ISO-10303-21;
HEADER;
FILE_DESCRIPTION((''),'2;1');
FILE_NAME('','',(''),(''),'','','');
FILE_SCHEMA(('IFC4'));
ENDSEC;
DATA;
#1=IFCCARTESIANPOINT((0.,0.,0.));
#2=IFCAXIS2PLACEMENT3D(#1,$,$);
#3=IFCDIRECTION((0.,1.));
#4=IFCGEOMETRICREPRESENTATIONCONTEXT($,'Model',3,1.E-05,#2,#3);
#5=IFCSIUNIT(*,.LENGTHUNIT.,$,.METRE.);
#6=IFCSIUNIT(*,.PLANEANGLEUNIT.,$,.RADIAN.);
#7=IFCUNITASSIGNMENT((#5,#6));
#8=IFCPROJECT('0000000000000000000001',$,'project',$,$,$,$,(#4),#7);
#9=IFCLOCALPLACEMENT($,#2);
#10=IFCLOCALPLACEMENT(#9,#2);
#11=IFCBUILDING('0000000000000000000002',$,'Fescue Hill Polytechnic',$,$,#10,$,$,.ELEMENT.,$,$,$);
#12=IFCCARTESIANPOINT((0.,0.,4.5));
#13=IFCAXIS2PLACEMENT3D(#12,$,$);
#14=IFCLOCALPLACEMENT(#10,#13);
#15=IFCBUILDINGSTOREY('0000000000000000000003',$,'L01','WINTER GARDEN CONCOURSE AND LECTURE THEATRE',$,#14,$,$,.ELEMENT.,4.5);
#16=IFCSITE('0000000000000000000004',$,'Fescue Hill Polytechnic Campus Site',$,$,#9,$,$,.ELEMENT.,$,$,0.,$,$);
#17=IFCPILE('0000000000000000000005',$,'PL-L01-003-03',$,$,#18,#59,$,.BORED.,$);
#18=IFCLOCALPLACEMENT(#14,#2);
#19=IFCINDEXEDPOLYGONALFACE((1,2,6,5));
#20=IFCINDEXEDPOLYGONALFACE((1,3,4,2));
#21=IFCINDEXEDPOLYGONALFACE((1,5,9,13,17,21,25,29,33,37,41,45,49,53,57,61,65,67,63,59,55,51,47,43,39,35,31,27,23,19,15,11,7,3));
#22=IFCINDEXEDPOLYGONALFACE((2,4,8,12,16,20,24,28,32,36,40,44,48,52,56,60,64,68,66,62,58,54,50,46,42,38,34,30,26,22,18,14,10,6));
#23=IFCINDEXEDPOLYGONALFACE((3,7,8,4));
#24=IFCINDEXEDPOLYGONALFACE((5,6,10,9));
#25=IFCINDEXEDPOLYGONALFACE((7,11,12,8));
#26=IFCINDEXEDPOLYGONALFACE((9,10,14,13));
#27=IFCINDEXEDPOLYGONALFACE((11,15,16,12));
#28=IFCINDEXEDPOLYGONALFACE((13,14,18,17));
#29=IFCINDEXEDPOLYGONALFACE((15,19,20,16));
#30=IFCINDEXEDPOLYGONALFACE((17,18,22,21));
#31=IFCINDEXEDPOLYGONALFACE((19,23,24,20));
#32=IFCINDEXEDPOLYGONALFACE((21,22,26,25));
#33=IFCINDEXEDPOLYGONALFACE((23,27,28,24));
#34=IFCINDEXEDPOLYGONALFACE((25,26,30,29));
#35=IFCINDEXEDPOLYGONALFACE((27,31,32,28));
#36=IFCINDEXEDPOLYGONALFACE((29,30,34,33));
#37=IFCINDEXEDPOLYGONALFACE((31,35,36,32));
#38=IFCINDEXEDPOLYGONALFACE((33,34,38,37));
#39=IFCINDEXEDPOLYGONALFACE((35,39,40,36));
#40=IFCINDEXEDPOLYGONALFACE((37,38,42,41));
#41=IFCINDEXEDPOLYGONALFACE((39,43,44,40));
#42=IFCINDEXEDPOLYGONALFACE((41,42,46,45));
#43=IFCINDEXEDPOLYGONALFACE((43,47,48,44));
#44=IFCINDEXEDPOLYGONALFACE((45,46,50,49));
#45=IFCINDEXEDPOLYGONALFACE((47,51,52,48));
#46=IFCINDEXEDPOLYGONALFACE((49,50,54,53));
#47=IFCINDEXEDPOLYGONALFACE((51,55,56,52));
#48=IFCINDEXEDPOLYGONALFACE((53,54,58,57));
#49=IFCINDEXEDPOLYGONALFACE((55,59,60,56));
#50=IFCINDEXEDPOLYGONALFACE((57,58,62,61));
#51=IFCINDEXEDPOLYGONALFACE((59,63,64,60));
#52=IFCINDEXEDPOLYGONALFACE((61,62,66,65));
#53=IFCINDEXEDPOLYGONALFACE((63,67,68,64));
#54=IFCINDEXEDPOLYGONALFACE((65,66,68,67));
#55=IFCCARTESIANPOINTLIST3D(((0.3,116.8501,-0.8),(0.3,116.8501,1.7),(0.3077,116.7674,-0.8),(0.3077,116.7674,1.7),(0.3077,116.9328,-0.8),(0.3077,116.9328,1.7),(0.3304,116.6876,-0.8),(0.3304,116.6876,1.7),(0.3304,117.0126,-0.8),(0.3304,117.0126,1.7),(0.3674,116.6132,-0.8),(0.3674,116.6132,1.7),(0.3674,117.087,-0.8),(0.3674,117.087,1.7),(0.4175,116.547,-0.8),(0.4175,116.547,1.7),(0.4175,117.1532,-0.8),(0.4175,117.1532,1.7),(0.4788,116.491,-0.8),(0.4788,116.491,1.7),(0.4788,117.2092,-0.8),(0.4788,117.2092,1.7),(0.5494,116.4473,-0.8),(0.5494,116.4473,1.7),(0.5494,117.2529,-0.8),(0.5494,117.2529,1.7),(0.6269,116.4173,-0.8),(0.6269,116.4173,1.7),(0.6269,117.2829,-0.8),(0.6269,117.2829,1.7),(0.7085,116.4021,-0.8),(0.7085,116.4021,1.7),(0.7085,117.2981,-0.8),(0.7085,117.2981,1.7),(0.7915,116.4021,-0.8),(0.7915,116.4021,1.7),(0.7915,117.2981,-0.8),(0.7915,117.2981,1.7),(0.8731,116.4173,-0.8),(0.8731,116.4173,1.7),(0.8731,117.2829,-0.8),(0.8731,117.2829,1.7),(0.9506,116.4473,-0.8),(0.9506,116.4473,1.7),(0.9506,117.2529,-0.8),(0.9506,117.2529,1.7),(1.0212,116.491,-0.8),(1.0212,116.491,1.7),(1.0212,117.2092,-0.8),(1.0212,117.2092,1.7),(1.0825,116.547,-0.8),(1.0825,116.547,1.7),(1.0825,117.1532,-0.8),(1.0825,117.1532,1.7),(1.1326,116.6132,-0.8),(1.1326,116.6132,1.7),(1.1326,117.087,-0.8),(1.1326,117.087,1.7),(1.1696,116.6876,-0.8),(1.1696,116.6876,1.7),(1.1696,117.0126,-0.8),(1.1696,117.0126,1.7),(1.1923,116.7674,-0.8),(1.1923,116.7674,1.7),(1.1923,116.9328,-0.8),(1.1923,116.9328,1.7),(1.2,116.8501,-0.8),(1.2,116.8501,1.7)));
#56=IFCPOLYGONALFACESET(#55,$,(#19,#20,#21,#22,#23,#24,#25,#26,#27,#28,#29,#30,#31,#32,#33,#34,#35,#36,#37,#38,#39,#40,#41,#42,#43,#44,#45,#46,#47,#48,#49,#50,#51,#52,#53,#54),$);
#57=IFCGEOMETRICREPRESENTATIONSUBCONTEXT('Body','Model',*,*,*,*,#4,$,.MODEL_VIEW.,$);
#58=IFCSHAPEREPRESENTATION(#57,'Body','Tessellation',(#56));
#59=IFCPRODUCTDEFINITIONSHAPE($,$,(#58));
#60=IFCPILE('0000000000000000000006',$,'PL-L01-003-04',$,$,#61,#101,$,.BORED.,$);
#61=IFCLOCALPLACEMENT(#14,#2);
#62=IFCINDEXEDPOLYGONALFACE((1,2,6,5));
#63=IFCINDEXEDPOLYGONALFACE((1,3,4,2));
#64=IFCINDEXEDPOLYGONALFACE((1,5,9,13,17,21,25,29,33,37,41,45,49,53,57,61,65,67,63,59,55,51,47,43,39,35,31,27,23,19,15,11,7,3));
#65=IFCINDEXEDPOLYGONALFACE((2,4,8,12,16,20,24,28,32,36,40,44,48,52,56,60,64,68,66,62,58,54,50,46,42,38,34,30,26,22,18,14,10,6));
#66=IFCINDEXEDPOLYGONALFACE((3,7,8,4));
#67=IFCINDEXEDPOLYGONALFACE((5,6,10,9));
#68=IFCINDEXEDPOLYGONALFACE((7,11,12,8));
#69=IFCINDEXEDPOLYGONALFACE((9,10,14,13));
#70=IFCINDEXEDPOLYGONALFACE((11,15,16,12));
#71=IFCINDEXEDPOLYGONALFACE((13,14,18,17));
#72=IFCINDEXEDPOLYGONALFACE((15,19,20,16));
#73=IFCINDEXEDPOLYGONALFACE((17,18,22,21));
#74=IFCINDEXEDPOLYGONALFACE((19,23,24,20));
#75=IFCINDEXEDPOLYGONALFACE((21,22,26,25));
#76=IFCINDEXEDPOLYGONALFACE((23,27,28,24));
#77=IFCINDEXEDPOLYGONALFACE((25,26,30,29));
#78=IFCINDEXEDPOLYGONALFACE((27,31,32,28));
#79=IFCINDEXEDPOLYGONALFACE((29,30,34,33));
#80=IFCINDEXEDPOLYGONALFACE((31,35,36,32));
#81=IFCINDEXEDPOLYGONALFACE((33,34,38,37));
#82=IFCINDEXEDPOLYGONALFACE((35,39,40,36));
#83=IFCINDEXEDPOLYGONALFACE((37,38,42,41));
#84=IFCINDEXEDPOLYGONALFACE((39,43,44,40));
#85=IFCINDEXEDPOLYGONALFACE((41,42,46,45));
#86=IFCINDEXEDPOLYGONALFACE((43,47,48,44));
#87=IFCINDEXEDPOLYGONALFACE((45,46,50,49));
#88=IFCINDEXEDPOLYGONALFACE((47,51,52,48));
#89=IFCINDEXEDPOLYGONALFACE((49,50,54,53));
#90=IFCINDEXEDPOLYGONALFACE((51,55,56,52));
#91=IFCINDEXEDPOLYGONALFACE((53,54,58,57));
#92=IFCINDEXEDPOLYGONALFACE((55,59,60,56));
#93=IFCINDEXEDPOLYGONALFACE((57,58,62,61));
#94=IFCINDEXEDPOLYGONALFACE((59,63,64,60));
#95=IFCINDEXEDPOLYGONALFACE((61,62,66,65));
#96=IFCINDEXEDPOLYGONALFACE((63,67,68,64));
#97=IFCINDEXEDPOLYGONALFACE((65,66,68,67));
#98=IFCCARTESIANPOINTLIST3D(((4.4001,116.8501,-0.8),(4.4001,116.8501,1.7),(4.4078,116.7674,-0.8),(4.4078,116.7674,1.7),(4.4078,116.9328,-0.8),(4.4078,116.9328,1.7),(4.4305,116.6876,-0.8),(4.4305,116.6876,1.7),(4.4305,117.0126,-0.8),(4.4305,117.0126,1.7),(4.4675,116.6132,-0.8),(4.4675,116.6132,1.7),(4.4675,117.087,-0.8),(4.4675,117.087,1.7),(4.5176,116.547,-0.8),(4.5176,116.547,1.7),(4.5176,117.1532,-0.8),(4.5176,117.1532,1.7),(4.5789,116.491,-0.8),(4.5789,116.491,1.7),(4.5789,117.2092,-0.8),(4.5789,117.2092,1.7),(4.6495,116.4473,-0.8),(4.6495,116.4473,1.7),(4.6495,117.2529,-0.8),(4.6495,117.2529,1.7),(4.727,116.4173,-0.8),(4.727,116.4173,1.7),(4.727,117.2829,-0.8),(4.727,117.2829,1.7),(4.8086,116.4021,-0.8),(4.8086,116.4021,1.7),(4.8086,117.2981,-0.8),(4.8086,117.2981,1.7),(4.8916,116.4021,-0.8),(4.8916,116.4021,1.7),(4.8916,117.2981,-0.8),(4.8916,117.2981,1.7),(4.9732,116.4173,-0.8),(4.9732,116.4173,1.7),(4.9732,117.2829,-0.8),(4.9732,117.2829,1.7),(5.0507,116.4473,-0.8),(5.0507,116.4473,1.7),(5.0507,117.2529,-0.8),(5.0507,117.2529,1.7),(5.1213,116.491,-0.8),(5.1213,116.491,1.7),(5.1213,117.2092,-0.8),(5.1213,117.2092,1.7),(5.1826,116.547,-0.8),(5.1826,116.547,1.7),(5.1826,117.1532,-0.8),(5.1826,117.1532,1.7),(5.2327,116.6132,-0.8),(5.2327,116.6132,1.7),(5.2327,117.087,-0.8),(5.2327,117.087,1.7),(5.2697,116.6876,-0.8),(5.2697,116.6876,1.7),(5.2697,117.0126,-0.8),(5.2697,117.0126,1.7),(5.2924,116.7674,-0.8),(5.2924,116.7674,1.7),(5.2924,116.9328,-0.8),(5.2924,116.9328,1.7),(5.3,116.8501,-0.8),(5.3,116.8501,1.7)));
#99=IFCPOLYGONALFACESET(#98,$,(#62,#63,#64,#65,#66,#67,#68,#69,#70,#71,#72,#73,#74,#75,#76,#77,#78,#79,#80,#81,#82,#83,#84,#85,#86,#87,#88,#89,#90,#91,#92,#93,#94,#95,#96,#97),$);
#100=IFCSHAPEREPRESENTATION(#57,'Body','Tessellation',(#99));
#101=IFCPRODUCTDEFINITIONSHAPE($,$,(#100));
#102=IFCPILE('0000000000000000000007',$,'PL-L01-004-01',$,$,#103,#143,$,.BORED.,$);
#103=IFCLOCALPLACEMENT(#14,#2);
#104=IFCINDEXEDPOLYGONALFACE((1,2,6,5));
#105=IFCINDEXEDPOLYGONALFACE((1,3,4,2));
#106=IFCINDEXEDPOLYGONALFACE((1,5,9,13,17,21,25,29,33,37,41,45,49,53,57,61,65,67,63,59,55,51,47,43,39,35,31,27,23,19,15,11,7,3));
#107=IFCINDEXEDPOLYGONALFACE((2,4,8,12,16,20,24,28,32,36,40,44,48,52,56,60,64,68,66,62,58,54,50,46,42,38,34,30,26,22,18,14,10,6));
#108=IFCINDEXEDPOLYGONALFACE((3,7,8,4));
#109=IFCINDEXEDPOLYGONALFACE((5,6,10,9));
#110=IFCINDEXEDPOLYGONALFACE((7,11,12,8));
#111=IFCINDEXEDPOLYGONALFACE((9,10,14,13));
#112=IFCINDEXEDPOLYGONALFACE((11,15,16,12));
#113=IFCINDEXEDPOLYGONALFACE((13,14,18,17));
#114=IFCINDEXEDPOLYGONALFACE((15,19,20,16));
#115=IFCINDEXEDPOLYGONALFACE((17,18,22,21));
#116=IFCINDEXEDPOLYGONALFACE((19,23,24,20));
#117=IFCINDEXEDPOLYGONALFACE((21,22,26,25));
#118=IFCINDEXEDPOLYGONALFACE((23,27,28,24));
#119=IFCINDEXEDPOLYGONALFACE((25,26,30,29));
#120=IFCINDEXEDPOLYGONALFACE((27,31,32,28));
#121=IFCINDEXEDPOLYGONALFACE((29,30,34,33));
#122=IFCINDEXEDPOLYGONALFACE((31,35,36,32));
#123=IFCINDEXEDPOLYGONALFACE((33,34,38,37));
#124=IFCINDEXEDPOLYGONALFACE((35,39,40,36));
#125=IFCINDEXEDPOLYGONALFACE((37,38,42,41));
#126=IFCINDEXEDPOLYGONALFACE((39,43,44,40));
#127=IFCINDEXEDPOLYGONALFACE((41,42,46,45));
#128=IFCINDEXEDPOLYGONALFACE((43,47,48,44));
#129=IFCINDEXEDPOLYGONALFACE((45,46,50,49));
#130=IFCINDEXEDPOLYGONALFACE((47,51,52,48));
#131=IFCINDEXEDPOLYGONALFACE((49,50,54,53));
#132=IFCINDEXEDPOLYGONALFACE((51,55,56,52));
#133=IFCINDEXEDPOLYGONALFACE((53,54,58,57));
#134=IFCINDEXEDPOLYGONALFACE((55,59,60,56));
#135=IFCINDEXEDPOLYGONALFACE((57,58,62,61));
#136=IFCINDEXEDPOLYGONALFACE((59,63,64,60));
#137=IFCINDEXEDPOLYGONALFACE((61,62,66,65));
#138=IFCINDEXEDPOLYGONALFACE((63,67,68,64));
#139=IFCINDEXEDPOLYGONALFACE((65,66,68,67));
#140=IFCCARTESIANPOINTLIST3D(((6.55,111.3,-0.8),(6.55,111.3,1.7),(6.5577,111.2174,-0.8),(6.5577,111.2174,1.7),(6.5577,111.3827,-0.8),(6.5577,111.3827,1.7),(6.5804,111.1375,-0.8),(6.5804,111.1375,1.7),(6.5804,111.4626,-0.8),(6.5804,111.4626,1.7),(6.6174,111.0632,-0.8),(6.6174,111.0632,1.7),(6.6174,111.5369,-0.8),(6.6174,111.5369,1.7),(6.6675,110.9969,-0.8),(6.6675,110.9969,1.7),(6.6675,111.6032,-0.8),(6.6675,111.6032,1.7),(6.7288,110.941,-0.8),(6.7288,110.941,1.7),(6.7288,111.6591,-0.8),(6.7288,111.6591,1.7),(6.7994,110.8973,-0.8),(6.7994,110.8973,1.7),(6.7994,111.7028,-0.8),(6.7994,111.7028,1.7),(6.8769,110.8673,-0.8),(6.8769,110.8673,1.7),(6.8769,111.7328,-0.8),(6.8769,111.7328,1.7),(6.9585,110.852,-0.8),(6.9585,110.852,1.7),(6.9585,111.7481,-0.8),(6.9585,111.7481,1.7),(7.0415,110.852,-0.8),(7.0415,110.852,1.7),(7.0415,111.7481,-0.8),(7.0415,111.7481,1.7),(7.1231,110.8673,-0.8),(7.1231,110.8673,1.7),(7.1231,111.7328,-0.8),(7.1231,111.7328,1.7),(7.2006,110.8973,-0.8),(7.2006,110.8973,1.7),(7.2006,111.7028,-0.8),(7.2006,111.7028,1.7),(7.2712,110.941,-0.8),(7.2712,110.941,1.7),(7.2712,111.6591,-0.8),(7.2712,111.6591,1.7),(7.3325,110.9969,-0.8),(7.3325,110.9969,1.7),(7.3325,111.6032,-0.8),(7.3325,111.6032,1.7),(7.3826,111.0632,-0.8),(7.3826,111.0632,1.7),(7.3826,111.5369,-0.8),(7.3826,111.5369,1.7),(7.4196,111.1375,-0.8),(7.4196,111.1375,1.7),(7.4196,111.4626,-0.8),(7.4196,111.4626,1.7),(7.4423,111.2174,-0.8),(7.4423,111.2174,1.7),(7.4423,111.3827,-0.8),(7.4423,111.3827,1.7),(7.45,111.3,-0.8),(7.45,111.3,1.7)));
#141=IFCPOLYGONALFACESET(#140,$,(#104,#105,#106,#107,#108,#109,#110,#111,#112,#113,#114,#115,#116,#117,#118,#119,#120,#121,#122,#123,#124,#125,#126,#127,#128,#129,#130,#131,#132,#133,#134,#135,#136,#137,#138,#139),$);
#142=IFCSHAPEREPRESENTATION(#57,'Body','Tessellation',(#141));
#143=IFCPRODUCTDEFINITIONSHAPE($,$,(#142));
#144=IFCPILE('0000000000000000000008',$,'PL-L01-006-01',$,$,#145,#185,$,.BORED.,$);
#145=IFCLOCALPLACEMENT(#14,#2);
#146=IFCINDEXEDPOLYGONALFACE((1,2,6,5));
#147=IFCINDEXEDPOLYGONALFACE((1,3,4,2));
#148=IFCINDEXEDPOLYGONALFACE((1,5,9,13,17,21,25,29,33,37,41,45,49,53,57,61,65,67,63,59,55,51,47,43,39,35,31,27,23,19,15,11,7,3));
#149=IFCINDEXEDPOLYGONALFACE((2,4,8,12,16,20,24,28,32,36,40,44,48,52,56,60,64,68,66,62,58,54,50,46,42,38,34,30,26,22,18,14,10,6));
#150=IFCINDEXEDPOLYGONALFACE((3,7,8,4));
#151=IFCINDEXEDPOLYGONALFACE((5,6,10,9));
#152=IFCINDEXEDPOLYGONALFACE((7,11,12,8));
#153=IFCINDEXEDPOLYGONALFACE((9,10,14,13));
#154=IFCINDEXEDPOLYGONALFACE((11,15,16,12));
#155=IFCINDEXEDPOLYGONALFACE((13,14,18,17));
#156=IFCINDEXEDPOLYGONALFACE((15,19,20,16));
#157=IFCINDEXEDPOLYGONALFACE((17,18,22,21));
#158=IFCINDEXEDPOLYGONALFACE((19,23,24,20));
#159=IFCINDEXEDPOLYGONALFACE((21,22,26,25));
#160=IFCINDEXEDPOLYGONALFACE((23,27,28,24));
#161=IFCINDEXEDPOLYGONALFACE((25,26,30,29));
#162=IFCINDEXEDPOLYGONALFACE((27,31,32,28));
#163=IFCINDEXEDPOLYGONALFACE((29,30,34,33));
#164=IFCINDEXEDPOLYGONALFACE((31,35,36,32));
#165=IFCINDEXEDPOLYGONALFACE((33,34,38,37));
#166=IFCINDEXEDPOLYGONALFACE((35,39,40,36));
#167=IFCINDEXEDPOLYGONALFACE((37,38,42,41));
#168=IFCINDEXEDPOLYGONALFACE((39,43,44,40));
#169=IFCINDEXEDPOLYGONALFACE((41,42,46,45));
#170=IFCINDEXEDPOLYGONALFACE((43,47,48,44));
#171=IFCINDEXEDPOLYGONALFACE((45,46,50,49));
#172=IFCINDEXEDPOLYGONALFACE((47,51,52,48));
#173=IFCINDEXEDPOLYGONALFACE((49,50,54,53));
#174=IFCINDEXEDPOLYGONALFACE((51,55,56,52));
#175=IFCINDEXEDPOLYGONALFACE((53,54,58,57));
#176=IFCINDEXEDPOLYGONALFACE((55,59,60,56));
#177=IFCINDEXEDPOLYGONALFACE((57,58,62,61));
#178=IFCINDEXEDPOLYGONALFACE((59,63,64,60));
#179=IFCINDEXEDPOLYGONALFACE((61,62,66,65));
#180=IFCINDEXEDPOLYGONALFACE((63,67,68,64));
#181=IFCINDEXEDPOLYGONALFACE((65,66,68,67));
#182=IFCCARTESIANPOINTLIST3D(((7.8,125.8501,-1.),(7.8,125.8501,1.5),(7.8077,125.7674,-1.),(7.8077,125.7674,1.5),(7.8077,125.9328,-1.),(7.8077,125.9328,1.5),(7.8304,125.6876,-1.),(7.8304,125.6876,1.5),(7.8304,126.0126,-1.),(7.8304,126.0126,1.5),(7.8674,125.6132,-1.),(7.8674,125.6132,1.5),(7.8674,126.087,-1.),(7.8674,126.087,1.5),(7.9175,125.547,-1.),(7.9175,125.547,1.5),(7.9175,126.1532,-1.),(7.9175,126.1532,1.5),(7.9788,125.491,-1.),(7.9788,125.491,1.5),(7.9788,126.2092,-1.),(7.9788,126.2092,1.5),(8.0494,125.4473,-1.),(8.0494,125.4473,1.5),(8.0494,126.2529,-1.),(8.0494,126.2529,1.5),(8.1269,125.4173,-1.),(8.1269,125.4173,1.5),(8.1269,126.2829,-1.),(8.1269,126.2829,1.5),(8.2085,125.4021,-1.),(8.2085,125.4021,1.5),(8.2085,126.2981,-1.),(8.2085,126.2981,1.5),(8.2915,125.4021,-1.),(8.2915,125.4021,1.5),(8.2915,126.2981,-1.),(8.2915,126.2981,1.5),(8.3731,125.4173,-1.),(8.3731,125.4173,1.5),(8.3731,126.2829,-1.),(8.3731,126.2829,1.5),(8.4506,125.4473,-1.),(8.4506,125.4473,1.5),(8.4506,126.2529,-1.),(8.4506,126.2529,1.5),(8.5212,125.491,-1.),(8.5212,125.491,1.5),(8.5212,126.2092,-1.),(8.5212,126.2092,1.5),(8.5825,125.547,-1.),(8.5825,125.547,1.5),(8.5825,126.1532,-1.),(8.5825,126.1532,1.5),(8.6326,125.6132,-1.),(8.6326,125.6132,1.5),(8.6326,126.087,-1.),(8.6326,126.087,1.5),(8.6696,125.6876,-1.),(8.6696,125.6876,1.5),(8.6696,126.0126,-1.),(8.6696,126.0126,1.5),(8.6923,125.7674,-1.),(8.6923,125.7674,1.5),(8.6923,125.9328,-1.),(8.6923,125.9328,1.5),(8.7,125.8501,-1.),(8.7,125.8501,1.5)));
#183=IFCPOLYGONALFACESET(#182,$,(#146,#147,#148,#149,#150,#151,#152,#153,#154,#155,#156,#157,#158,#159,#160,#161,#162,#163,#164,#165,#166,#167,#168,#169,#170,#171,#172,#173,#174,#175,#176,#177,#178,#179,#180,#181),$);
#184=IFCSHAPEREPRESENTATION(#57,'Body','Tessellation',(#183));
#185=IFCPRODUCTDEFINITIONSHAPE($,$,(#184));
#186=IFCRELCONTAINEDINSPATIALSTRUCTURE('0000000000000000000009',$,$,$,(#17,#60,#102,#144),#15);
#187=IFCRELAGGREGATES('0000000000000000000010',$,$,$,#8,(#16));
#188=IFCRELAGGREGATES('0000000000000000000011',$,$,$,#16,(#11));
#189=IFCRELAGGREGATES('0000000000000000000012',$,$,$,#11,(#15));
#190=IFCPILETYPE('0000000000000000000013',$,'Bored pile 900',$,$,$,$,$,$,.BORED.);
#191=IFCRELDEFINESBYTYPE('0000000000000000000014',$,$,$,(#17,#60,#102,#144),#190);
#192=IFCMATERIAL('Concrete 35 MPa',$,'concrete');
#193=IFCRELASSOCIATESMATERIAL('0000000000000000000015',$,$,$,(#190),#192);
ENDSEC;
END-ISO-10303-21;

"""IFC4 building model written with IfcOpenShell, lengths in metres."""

from ifc_helpers import new_model, si_unit, direction, frame, origin, origin_2d, place, context, subcontext, project, spatial, circle, extrude, material, material_profile, profile_set, type_object, element, save


model = new_model("IFC4")

# Units and contexts
model_context = context("Model", 3, precision=1e-05, world=origin(), true_north=direction((0.0, 1.0)))
body_context = subcontext(model_context, "Body", "Model", "MODEL_VIEW")
ifc_project = project(units=[si_unit("LENGTHUNIT", "METRE"), si_unit("PLANEANGLEUNIT", "RADIAN")], contexts=[model_context])

# Site, building, storey
site_placement = place(None, origin())
site = spatial("IfcSite", under=ifc_project, at=site_placement, Name="Fescue Hill Polytechnic Campus Site", CompositionType="ELEMENT", RefElevation=0.0)
building_placement = place(site_placement, origin())
building = spatial("IfcBuilding", under=site, at=building_placement, Name="Fescue Hill Polytechnic", CompositionType="ELEMENT")
storey_placement = place(building_placement, frame((0.0, 0.0, 4.5)))
storey = spatial("IfcBuildingStorey", under=building, at=storey_placement, Name="L01", Description="WINTER GARDEN CONCOURSE AND LECTURE THEATRE", CompositionType="ELEMENT", Elevation=4.5)

# Piles
ifc_material_1 = material(Name="Concrete 35 MPa", Category="concrete")
ifc_material_profile_1 = material_profile(ifc_material_1, circle(Radius=0.45, at=origin_2d()), Name="Bored pile 900")
ifc_profile_set_1 = profile_set([ifc_material_profile_1], Name="Concrete 35 MPa")
pile_type = type_object("IfcPileType", Name="Bored pile 900", PredefinedType="BORED", material=ifc_profile_set_1)
for number, where, z_axis, x_axis, name in (
    (1, (0.75, 116.8501, 1.7), (0.0, 0.0, -1.0), (1.0, 0.0, 0.0), "PL-L01-003-03"),
    (2, (4.8501, 116.8501, 1.7), (0.0, 0.0, -1.0), (1.0, 0.0, 0.0), "PL-L01-003-04"),
    (3, (7.0, 111.3, 1.7), (0.0, 0.0, -1.0), (1.0, 0.0, 0.0), "PL-L01-004-01"),
    (4, (8.25, 125.8501, 1.5), (0.0, 0.0, -1.0), (1.0, 0.0, 0.0), "PL-L01-006-01"),
):
    element("IfcPile", number, at=place(storey_placement, frame(where, z_axis=z_axis, x_axis=x_axis)), inside=storey, type_object=pile_type, Name=name, PredefinedType="BORED", context=body_context, shape_type="SweptSolid", body=[
        extrude(circle(Radius=0.45, at=origin_2d()), origin(), (0.0, 0.0, 1.0), 2.5),
    ])

save(model, "model.ifc")
